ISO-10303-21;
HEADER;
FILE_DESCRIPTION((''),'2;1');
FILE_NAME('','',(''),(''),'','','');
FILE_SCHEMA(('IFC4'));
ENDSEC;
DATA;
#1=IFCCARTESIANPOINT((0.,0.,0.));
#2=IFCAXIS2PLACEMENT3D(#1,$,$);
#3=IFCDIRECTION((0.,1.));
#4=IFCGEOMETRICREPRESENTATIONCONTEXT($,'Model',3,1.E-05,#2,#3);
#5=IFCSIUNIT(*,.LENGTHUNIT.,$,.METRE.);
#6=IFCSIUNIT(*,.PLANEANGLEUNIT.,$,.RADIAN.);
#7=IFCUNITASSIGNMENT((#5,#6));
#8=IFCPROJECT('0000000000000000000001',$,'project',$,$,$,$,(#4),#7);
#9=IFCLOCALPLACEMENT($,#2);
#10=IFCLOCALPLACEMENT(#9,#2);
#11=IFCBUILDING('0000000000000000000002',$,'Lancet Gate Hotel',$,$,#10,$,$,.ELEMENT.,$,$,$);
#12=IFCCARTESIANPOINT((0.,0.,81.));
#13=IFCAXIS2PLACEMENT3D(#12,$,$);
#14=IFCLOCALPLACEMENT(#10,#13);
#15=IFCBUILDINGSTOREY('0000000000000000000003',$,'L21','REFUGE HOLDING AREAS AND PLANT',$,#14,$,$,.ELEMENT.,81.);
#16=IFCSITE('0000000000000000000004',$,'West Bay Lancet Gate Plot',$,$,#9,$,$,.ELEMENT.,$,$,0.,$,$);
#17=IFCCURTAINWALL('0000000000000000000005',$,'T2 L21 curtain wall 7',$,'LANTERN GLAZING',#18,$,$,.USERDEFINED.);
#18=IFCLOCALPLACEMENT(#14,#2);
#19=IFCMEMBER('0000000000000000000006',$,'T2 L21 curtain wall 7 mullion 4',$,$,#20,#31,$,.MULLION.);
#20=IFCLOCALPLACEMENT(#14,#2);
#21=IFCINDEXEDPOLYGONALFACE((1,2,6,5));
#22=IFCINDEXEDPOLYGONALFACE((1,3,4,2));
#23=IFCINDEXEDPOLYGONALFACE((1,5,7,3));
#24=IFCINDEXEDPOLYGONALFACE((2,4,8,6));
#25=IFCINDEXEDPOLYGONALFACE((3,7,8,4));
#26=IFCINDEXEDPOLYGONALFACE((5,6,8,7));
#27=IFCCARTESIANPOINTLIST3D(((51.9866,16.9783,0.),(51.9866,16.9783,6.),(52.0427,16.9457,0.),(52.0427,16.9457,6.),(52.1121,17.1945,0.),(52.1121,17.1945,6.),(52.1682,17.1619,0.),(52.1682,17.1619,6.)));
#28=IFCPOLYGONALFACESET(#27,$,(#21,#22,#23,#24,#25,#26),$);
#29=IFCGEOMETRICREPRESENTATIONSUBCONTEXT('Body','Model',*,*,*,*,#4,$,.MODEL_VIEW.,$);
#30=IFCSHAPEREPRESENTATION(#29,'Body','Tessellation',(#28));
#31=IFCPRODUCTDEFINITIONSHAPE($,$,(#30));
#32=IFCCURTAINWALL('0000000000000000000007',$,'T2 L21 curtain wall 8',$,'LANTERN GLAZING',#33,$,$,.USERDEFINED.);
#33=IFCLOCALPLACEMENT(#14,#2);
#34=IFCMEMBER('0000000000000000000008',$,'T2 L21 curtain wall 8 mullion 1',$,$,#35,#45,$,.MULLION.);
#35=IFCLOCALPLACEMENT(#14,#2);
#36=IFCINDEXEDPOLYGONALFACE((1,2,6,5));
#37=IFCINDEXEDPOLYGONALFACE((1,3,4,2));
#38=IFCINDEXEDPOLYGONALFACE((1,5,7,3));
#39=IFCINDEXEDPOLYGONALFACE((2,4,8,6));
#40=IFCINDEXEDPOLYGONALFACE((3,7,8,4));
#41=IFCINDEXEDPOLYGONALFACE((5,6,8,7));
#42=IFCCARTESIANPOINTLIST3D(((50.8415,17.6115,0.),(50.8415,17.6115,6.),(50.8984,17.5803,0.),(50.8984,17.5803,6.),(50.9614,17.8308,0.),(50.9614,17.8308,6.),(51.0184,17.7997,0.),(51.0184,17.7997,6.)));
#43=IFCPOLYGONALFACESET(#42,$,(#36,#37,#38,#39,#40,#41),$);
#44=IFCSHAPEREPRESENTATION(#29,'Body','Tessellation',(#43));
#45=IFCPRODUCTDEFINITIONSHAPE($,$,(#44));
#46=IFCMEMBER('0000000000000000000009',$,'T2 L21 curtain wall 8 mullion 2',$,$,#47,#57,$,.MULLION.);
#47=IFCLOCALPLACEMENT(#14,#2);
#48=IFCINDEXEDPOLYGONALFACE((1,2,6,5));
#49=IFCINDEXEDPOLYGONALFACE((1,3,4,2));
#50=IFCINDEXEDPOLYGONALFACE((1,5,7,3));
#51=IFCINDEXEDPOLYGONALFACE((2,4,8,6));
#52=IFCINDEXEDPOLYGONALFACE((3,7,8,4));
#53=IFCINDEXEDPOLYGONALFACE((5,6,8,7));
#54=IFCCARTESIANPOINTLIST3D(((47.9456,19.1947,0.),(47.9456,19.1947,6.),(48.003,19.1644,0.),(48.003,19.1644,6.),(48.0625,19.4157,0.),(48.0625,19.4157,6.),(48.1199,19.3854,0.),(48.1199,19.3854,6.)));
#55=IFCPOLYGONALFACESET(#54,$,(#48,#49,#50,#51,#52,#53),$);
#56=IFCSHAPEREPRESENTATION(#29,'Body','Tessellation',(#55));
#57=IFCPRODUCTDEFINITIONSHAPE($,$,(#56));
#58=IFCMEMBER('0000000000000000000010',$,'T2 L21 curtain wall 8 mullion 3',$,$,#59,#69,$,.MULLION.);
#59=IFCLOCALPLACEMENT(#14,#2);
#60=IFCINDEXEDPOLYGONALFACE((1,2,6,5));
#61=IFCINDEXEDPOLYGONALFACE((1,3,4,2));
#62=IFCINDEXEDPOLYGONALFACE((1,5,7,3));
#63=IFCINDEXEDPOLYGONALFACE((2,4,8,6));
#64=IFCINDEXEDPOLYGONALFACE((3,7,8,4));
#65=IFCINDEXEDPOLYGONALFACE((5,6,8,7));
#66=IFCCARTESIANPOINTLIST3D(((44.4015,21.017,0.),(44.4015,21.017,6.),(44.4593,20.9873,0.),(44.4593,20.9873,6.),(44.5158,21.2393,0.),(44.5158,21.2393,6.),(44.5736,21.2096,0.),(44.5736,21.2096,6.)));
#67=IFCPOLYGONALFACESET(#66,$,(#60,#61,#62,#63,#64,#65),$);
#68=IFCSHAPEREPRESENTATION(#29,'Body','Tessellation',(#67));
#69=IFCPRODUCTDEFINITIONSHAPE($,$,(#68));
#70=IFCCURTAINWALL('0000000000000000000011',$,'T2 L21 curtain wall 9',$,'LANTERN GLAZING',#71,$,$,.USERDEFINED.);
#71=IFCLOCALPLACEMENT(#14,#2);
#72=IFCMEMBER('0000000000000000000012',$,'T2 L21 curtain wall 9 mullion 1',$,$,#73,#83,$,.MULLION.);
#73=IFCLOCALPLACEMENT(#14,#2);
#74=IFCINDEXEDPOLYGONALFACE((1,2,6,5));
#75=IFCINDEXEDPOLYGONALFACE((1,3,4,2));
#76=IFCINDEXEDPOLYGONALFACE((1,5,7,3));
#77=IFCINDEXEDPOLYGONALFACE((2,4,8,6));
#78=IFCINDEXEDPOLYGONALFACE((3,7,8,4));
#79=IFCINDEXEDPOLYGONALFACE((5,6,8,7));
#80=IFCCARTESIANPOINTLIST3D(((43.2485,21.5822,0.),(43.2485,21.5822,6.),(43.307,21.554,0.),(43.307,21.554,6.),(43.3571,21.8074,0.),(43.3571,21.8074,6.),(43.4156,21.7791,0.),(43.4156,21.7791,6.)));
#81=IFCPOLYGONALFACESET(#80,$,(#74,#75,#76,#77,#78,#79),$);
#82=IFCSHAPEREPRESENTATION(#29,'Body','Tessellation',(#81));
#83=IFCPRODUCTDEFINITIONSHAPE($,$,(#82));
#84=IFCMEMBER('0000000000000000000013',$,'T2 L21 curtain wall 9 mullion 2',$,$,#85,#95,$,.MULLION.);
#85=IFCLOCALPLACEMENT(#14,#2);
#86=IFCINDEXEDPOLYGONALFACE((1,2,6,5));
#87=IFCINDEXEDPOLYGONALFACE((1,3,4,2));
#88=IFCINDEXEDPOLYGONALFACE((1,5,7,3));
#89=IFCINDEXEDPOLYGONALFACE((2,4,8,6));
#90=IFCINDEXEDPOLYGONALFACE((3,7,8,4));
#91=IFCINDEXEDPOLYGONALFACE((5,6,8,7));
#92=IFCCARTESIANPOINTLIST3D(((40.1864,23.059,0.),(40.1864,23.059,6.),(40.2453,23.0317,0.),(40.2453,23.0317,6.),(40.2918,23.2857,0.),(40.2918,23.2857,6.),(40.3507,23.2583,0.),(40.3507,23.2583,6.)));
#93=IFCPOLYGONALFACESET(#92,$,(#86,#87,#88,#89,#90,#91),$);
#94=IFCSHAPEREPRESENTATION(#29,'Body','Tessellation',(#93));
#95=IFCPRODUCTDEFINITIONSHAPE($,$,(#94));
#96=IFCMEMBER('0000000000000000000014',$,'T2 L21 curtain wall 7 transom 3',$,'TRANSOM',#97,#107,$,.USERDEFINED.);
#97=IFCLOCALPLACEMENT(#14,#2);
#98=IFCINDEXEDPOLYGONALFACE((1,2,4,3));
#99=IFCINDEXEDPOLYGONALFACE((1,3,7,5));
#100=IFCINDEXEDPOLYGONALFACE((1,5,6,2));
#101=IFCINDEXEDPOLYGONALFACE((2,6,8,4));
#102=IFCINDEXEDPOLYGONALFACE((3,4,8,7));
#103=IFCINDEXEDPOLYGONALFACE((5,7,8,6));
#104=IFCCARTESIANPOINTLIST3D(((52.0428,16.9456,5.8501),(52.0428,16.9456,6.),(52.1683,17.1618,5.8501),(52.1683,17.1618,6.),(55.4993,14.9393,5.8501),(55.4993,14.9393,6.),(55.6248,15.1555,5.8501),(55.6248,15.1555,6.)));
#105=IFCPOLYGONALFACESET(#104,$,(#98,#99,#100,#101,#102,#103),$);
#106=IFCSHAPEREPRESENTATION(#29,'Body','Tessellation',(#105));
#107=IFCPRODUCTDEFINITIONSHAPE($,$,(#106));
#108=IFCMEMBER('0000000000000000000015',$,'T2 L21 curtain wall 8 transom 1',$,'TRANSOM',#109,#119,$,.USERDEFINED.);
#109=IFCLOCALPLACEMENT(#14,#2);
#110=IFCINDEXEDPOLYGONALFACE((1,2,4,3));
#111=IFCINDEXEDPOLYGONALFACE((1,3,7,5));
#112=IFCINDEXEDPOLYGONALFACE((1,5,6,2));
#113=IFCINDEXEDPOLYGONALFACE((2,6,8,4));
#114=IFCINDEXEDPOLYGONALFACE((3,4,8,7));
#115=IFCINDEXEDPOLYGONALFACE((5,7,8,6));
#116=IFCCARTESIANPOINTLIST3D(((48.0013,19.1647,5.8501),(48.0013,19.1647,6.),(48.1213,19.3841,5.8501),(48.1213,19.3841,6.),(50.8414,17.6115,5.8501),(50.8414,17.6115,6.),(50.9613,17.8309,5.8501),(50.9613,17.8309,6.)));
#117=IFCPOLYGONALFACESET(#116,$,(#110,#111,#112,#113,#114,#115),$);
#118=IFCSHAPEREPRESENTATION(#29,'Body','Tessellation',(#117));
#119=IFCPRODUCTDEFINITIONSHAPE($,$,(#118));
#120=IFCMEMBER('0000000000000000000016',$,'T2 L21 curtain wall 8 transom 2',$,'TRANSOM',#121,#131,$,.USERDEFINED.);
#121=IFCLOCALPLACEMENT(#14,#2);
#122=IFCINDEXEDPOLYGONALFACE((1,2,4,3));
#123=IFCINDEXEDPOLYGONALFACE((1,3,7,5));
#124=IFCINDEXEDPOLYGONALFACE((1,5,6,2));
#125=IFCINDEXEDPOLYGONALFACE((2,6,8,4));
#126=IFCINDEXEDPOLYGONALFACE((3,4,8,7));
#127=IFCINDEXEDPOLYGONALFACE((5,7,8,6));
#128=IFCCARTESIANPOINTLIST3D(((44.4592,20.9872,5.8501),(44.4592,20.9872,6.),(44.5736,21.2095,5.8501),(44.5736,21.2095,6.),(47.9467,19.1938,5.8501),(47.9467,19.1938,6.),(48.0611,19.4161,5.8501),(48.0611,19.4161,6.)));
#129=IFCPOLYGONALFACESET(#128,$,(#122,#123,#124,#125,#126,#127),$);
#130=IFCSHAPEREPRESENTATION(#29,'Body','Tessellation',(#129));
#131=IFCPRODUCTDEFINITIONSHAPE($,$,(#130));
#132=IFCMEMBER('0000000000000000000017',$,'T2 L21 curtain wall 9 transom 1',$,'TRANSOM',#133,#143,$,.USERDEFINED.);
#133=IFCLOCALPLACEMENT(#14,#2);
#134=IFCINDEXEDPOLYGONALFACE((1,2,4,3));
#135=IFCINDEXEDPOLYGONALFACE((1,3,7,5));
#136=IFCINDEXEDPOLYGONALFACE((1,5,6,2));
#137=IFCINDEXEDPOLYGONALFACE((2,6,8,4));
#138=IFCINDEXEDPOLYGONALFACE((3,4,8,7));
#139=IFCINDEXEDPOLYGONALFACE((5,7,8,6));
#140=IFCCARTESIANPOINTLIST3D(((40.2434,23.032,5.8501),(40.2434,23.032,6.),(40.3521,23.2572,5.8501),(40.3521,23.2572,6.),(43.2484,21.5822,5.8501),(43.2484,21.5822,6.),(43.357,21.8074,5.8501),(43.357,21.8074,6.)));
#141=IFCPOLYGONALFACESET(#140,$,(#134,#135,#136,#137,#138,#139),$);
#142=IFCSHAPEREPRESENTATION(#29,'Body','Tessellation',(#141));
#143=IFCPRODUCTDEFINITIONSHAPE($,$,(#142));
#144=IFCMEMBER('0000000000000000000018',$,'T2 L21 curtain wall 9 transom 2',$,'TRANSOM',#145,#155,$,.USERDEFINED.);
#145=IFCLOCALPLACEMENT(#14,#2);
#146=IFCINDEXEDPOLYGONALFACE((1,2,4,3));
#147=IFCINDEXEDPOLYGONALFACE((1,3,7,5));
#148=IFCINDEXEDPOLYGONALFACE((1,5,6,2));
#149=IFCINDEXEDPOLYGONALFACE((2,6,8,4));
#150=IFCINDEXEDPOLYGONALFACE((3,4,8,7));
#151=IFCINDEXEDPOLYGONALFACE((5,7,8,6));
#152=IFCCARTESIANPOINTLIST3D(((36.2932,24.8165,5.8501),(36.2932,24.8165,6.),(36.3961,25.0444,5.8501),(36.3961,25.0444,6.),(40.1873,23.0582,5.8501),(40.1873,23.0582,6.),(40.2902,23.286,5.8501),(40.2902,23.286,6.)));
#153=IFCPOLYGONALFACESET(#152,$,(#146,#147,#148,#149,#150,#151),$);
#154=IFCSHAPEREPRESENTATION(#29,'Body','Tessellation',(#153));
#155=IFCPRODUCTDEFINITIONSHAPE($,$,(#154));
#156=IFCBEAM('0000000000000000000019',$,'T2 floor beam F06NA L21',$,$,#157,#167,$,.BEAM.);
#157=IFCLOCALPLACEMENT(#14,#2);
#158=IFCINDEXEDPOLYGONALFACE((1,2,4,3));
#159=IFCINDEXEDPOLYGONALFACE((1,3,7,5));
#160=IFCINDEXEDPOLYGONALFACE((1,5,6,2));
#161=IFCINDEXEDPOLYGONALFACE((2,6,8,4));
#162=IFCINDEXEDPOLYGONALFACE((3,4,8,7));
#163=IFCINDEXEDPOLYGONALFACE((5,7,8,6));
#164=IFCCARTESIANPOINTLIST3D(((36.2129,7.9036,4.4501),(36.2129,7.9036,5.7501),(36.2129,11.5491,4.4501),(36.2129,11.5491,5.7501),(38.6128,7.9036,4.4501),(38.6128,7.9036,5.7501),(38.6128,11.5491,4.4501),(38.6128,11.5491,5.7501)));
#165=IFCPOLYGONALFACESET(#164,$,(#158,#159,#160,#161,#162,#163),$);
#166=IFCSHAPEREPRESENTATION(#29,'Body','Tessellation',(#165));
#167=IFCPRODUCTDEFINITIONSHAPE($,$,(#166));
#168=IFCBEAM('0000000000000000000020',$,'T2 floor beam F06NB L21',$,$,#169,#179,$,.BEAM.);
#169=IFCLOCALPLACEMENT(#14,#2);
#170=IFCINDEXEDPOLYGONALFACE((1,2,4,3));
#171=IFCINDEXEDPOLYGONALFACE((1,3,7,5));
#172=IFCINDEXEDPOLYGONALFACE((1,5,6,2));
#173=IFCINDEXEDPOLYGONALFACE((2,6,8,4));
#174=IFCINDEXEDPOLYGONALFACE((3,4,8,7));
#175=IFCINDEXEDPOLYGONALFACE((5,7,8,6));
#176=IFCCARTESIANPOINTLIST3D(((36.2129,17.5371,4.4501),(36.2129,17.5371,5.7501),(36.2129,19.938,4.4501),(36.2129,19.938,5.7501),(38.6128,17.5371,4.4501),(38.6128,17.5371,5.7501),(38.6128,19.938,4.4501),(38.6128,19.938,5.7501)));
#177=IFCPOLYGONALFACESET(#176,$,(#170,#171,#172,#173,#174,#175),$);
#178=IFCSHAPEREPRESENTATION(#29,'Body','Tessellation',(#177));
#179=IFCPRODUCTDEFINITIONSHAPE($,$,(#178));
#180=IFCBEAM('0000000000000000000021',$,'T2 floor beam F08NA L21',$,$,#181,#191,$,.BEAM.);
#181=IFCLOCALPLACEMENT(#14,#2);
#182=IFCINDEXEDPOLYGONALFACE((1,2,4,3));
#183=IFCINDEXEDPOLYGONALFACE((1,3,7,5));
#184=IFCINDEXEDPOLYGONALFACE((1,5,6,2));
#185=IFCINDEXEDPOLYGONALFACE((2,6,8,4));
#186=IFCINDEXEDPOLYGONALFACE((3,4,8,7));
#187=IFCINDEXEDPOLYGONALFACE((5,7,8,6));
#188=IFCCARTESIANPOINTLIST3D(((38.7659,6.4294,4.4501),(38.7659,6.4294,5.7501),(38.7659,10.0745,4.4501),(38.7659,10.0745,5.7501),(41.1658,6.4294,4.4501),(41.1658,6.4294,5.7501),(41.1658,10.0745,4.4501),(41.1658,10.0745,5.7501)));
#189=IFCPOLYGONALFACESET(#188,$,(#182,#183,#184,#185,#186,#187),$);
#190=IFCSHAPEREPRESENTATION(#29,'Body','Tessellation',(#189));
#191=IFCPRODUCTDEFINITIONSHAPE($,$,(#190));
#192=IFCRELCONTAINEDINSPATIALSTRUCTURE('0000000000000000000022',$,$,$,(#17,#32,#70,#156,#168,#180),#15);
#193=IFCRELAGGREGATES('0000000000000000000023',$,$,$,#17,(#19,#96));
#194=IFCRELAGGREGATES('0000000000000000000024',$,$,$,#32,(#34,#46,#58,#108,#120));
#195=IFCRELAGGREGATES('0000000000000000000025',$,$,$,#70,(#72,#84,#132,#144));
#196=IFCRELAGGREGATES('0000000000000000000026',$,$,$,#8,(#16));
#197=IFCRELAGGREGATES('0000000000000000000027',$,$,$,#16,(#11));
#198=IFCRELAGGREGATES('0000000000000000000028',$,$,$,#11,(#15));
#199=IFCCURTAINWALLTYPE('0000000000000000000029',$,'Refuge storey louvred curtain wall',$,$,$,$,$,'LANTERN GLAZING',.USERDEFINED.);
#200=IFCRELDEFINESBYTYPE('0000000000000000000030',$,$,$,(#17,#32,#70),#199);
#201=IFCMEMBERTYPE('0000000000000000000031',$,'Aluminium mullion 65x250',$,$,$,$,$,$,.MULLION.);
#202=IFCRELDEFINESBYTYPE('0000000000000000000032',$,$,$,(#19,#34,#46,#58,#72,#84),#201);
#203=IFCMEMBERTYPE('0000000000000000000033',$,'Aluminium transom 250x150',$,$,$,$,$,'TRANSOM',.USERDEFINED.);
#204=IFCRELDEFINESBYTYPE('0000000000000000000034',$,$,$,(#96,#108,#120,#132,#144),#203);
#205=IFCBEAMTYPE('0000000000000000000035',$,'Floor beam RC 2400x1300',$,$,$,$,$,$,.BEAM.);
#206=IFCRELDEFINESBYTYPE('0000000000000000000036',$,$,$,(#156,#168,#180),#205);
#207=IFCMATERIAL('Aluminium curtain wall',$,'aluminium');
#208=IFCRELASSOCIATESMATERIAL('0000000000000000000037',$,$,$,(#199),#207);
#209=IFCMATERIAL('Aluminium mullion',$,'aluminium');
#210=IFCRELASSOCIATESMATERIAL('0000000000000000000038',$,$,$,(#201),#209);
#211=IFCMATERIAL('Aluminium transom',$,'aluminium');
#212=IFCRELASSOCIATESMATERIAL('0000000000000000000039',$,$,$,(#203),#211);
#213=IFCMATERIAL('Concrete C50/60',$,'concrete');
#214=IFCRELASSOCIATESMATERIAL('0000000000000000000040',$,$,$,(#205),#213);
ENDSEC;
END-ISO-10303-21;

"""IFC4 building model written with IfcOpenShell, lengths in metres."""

from ifc_helpers import new_model, si_unit, direction, frame, origin, origin_2d, place, context, subcontext, project, spatial, rectangle, extrude, material, material_profile, profile_set, type_object, element, aggregate, save


model = new_model("IFC4")

# Units and contexts
model_context = context("Model", 3, precision=1e-05, world=origin(), true_north=direction((0.0, 1.0)))
body_context = subcontext(model_context, "Body", "Model", "MODEL_VIEW")
ifc_project = project(units=[si_unit("LENGTHUNIT", "METRE"), si_unit("PLANEANGLEUNIT", "RADIAN")], contexts=[model_context])

# Site, building, storey
site_placement = place(None, origin())
site = spatial("IfcSite", under=ifc_project, at=site_placement, Name="West Bay Lancet Gate Plot", CompositionType="ELEMENT", RefElevation=0.0)
building_placement = place(site_placement, origin())
building = spatial("IfcBuilding", under=site, at=building_placement, Name="Lancet Gate Hotel", CompositionType="ELEMENT")
storey_placement = place(building_placement, frame((0.0, 0.0, 81.0)))
storey = spatial("IfcBuildingStorey", under=building, at=storey_placement, Name="L21", Description="REFUGE HOLDING AREAS AND PLANT", CompositionType="ELEMENT", Elevation=81.0)

# Curtain wall, member
ifc_material_1 = material(Name="Aluminium curtain wall", Category="aluminium")
curtain_wall_type = type_object("IfcCurtainWallType", Name="Refuge storey louvred curtain wall", ElementType="LANTERN GLAZING", PredefinedType="USERDEFINED", material=ifc_material_1)
curtain_wall_1_placement = place(storey_placement, origin())
curtain_wall_1 = element("IfcCurtainWall", 1, at=curtain_wall_1_placement, inside=storey, type_object=curtain_wall_type, Name="T2 L21 curtain wall 7", ObjectType="LANTERN GLAZING", PredefinedType="USERDEFINED")
ifc_material_2 = material(Name="Aluminium mullion", Category="aluminium")
ifc_material_profile_1 = material_profile(ifc_material_2, rectangle(XDim=0.0649, YDim=0.25, at=origin_2d()), Name="MULLION 65x250")
ifc_profile_set_1 = profile_set([ifc_material_profile_1], Name="Aluminium mullion")
member_type_1 = type_object("IfcMemberType", Name="Aluminium mullion 65x250", PredefinedType="MULLION", material=ifc_profile_set_1)
member_1_placement = place(storey_placement, frame((52.0774, 17.0701, 0.0), z_axis=(0.0, 0.0, 1.0), x_axis=(-0.864872, 0.501993, 0.0)))
member_1 = element("IfcMember", 2, at=member_1_placement, type_object=member_type_1, Name="T2 L21 curtain wall 7 mullion 4", PredefinedType="MULLION", context=body_context, shape_type="SweptSolid", body=[
    extrude(rectangle(XDim=0.0649, YDim=0.25, at=origin_2d()), origin(), (0.0, 0.0, 1.0), 6.0),
])

# Curtain walls, members
curtain_wall_2_placement = place(storey_placement, origin())
curtain_wall_2 = element("IfcCurtainWall", 3, at=curtain_wall_2_placement, inside=storey, type_object=curtain_wall_type, Name="T2 L21 curtain wall 8", ObjectType="LANTERN GLAZING", PredefinedType="USERDEFINED")
member_2_placement = place(storey_placement, frame((50.9299, 17.7056, 0.0), z_axis=(0.0, 0.0, 1.0), x_axis=(-0.877368, 0.479818, 0.0)))
member_2 = element("IfcMember", 4, at=member_2_placement, type_object=member_type_1, Name="T2 L21 curtain wall 8 mullion 1", PredefinedType="MULLION", context=body_context, shape_type="SweptSolid", body=[
    extrude(rectangle(XDim=0.0649, YDim=0.25, at=origin_2d()), origin(), (0.0, 0.0, 1.0), 6.0),
])
member_3_placement = place(storey_placement, frame((48.0327, 19.29, 0.0), z_axis=(0.0, 0.0, 1.0), x_axis=(-0.883963, 0.467557, 0.0)))
member_3 = element("IfcMember", 5, at=member_3_placement, type_object=member_type_1, Name="T2 L21 curtain wall 8 mullion 2", PredefinedType="MULLION", context=body_context, shape_type="SweptSolid", body=[
    extrude(rectangle(XDim=0.0649, YDim=0.25, at=origin_2d()), origin(), (0.0, 0.0, 1.0), 6.0),
])
member_4_placement = place(storey_placement, frame((44.4875, 21.1133, 0.0), z_axis=(0.0, 0.0, 1.0), x_axis=(-0.889296, 0.457332, 0.0)))
member_4 = element("IfcMember", 6, at=member_4_placement, type_object=member_type_1, Name="T2 L21 curtain wall 8 mullion 3", PredefinedType="MULLION", context=body_context, shape_type="SweptSolid", body=[
    extrude(rectangle(XDim=0.0649, YDim=0.25, at=origin_2d()), origin(), (0.0, 0.0, 1.0), 6.0),
])
curtain_wall_3_placement = place(storey_placement, origin())
curtain_wall_3 = element("IfcCurtainWall", 7, at=curtain_wall_3_placement, inside=storey, type_object=curtain_wall_type, Name="T2 L21 curtain wall 9", ObjectType="LANTERN GLAZING", PredefinedType="USERDEFINED")
member_5_placement = place(storey_placement, frame((43.332, 21.6807, 0.0), z_axis=(0.0, 0.0, 1.0), x_axis=(-0.900647, 0.43455, 0.0)))
member_5 = element("IfcMember", 8, at=member_5_placement, type_object=member_type_1, Name="T2 L21 curtain wall 9 mullion 1", PredefinedType="MULLION", context=body_context, shape_type="SweptSolid", body=[
    extrude(rectangle(XDim=0.0649, YDim=0.25, at=origin_2d()), origin(), (0.0, 0.0, 1.0), 6.0),
])
member_6_placement = place(storey_placement, frame((40.2686, 23.1587, 0.0), z_axis=(0.0, 0.0, 1.0), x_axis=(-0.906755, 0.421657, 0.0)))
member_6 = element("IfcMember", 9, at=member_6_placement, type_object=member_type_1, Name="T2 L21 curtain wall 9 mullion 2", PredefinedType="MULLION", context=body_context, shape_type="SweptSolid", body=[
    extrude(rectangle(XDim=0.0649, YDim=0.25, at=origin_2d()), origin(), (0.0, 0.0, 1.0), 6.0),
])

# Members
ifc_material_3 = material(Name="Aluminium transom", Category="aluminium")
ifc_material_profile_2 = material_profile(ifc_material_3, rectangle(XDim=0.25, YDim=0.1499, at=origin_2d()), Name="TRANSOM 250x150")
ifc_profile_set_2 = profile_set([ifc_material_profile_2], Name="Aluminium transom")
member_type_2 = type_object("IfcMemberType", Name="Aluminium transom 250x150", ElementType="TRANSOM", PredefinedType="USERDEFINED", material=ifc_profile_set_2)
member_7_placement = place(storey_placement, frame((55.562, 15.0474, 5.925), z_axis=(-0.864863, 0.502009, 0.0), x_axis=(-0.502009, -0.864863, 0.0)))
member_7 = element("IfcMember", 10, at=member_7_placement, type_object=member_type_2, Name="T2 L21 curtain wall 7 transom 3", ObjectType="TRANSOM", PredefinedType="USERDEFINED", context=body_context, shape_type="SweptSolid", body=[
    extrude(rectangle(XDim=0.25, YDim=0.1499, at=origin_2d()), origin(), (0.0, 0.0, 1.0), 3.9966),
])
member_8_placement = place(storey_placement, frame((50.9014, 17.7212, 5.925), z_axis=(-0.877365, 0.479824, 0.0), x_axis=(-0.479824, -0.877365, 0.0)))
member_8 = element("IfcMember", 11, at=member_8_placement, type_object=member_type_2, Name="T2 L21 curtain wall 8 transom 1", ObjectType="TRANSOM", PredefinedType="USERDEFINED", context=body_context, shape_type="SweptSolid", body=[
    extrude(rectangle(XDim=0.25, YDim=0.1499, at=origin_2d()), origin(), (0.0, 0.0, 1.0), 3.2371),
])
member_9_placement = place(storey_placement, frame((48.0039, 19.3049, 5.925), z_axis=(-0.889302, 0.45732, 0.0), x_axis=(-0.45732, -0.889302, 0.0)))
member_9 = element("IfcMember", 12, at=member_9_placement, type_object=member_type_2, Name="T2 L21 curtain wall 8 transom 2", ObjectType="TRANSOM", PredefinedType="USERDEFINED", context=body_context, shape_type="SweptSolid", body=[
    extrude(rectangle(XDim=0.25, YDim=0.1499, at=origin_2d()), origin(), (0.0, 0.0, 1.0), 3.9216),
])
member_10_placement = place(storey_placement, frame((43.3027, 21.6948, 5.925), z_axis=(-0.90066, 0.434524, 0.0), x_axis=(-0.434524, -0.90066, 0.0)))
member_10 = element("IfcMember", 13, at=member_10_placement, type_object=member_type_2, Name="T2 L21 curtain wall 9 transom 1", ObjectType="TRANSOM", PredefinedType="USERDEFINED", context=body_context, shape_type="SweptSolid", body=[
    extrude(rectangle(XDim=0.25, YDim=0.1499, at=origin_2d()), origin(), (0.0, 0.0, 1.0), 3.3364),
])
member_11_placement = place(storey_placement, frame((40.2388, 23.1721, 5.925), z_axis=(-0.911397, 0.411529, 0.0), x_axis=(-0.411529, -0.911397, 0.0)))
member_11 = element("IfcMember", 14, at=member_11_placement, type_object=member_type_2, Name="T2 L21 curtain wall 9 transom 2", ObjectType="TRANSOM", PredefinedType="USERDEFINED", context=body_context, shape_type="SweptSolid", body=[
    extrude(rectangle(XDim=0.25, YDim=0.1499, at=origin_2d()), origin(), (0.0, 0.0, 1.0), 4.2727),
])

# Beams
ifc_material_4 = material(Name="Concrete C50/60", Category="concrete")
ifc_material_profile_3 = material_profile(ifc_material_4, rectangle(XDim=2.3999, YDim=1.3, at=origin_2d()), Name="RC 2400x1300")
ifc_profile_set_3 = profile_set([ifc_material_profile_3], Name="Concrete C50/60")
beam_type_1 = type_object("IfcBeamType", Name="Floor beam RC 2400x1300", PredefinedType="BEAM", material=ifc_profile_set_3)
beam_1_placement = place(storey_placement, frame((37.4128, 7.9036, 5.1001), z_axis=(0.0, 1.0, 0.0), x_axis=(-1.0, 0.0, 0.0)))
element("IfcBeam", 15, at=beam_1_placement, inside=storey, type_object=beam_type_1, Name="T2 floor beam F06NA L21", PredefinedType="BEAM", context=body_context, shape_type="SweptSolid", body=[
    extrude(rectangle(XDim=2.3999, YDim=1.3, at=origin_2d()), origin(), (0.0, 0.0, 1.0), 3.6455),
])
beam_2_placement = place(storey_placement, frame((37.4128, 17.5371, 5.1001), z_axis=(0.0, 1.0, 0.0), x_axis=(-1.0, 0.0, 0.0)))
element("IfcBeam", 16, at=beam_2_placement, inside=storey, type_object=beam_type_1, Name="T2 floor beam F06NB L21", PredefinedType="BEAM", context=body_context, shape_type="SweptSolid", body=[
    extrude(rectangle(XDim=2.3999, YDim=1.3, at=origin_2d()), origin(), (0.0, 0.0, 1.0), 2.4009),
])
beam_3_placement = place(storey_placement, frame((39.9658, 6.4294, 5.1001), z_axis=(0.0, 1.0, 0.0), x_axis=(-1.0, 0.0, 0.0)))
element("IfcBeam", 17, at=beam_3_placement, inside=storey, type_object=beam_type_1, Name="T2 floor beam F08NA L21", PredefinedType="BEAM", context=body_context, shape_type="SweptSolid", body=[
    extrude(rectangle(XDim=2.3999, YDim=1.3, at=origin_2d()), origin(), (0.0, 0.0, 1.0), 3.645),
])

aggregate(curtain_wall_1, [member_1, member_7])
aggregate(curtain_wall_2, [member_2, member_3, member_4, member_8, member_9])
aggregate(curtain_wall_3, [member_5, member_6, member_10, member_11])

save(model, "model.ifc")
